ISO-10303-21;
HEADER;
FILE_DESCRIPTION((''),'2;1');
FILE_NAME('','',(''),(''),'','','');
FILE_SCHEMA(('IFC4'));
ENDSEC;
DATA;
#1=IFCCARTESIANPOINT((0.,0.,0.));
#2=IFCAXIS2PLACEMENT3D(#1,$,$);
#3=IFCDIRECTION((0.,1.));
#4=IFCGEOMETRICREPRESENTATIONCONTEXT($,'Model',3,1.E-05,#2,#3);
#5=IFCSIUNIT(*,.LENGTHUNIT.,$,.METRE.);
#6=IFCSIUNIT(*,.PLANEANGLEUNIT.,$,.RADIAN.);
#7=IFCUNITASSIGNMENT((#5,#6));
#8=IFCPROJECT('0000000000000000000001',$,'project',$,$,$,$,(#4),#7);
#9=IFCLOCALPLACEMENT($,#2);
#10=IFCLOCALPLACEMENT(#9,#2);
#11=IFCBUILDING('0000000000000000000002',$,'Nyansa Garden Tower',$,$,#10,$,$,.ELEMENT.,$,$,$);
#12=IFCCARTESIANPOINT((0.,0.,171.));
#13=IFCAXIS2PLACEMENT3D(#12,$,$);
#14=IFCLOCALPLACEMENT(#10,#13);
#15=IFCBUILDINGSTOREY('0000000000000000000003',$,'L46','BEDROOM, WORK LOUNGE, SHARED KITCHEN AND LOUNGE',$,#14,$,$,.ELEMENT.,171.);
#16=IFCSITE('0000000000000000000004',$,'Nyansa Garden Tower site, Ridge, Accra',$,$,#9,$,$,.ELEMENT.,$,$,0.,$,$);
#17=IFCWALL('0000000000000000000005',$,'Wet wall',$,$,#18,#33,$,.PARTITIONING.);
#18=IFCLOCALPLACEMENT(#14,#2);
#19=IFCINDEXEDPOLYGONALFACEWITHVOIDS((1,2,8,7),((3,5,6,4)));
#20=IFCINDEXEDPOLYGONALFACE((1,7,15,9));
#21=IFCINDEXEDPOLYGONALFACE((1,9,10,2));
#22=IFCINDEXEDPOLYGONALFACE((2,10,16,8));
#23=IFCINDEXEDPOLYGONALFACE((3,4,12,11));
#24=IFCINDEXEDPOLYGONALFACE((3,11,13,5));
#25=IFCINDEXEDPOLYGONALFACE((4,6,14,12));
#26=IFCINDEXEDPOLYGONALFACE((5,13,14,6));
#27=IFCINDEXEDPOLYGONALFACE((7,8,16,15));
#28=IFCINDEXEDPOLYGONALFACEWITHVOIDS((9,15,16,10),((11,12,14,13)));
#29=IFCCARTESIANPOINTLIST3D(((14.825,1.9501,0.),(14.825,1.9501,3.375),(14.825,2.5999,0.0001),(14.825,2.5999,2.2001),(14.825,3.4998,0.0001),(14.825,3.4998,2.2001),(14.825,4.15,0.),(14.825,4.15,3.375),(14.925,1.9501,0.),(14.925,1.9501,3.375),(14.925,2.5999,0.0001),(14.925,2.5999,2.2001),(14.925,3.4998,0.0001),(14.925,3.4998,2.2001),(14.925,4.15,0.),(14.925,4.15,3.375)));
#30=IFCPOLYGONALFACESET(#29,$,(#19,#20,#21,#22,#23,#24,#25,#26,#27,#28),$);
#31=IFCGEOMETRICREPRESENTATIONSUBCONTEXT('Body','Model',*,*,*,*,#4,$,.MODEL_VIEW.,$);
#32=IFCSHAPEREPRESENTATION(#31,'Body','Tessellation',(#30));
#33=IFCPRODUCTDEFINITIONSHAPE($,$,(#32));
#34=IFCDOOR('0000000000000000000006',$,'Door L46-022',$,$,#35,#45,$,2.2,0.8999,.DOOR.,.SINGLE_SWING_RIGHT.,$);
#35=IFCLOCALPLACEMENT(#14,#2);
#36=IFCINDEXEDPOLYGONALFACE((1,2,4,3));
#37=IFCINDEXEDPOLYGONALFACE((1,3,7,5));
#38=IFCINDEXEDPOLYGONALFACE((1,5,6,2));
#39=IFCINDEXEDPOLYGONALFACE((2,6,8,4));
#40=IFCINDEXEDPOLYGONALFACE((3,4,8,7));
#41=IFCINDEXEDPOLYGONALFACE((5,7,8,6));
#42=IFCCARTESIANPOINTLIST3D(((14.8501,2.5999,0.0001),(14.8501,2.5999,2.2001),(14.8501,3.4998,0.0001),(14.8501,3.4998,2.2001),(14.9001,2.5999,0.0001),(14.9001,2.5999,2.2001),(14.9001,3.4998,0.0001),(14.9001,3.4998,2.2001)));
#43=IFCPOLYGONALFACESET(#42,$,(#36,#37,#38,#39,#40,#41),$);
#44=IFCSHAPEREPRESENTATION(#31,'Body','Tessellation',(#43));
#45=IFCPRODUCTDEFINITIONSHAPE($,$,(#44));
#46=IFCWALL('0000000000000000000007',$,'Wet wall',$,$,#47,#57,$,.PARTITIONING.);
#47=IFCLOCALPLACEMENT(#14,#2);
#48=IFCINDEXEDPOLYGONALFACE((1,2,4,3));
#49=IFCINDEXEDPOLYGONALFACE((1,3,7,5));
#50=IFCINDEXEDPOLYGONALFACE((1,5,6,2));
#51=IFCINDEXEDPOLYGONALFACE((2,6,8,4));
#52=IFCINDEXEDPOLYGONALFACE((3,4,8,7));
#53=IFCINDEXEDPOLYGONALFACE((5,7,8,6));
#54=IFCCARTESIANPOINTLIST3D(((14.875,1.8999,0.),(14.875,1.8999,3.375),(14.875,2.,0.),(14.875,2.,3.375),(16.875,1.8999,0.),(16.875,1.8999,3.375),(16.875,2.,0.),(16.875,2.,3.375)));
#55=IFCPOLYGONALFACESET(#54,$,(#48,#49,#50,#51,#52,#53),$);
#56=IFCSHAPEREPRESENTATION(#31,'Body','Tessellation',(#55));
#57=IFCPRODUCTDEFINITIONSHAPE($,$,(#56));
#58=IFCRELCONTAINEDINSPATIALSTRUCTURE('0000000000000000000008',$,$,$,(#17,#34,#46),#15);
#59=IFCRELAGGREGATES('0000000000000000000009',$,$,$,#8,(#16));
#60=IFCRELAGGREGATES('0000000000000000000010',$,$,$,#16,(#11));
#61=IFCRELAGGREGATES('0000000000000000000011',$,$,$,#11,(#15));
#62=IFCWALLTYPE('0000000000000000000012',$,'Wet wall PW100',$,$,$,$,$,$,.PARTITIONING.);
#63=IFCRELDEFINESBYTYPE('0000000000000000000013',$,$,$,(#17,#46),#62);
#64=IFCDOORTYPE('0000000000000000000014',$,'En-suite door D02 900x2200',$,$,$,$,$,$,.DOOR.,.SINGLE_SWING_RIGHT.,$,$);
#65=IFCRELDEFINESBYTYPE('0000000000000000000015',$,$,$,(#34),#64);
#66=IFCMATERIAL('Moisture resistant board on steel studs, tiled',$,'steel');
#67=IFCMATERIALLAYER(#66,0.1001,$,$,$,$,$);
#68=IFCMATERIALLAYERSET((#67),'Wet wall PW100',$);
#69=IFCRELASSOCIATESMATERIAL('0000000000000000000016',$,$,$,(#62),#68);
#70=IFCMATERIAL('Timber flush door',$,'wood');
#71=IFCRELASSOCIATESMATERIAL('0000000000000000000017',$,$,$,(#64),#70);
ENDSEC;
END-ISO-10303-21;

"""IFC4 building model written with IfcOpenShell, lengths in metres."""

from ifc_helpers import new_model, si_unit, direction, frame, frame_2d, origin, place, context, subcontext, project, spatial, rectangle, extrude, material, layer, layer_set, type_object, element, fill, save


model = new_model("IFC4")

# Units and contexts
model_context = context("Model", 3, precision=1e-05, world=origin(), true_north=direction((0.0, 1.0)))
body_context = subcontext(model_context, "Body", "Model", "MODEL_VIEW")
ifc_project = project(units=[si_unit("LENGTHUNIT", "METRE"), si_unit("PLANEANGLEUNIT", "RADIAN")], contexts=[model_context])

# Site, building, storey
site_placement = place(None, origin())
site = spatial("IfcSite", under=ifc_project, at=site_placement, Name="Nyansa Garden Tower site, Ridge, Accra", CompositionType="ELEMENT", RefElevation=0.0)
building_placement = place(site_placement, origin())
building = spatial("IfcBuilding", under=site, at=building_placement, Name="Nyansa Garden Tower", CompositionType="ELEMENT")
storey_placement = place(building_placement, frame((0.0, 0.0, 171.0)))
storey = spatial("IfcBuildingStorey", under=building, at=storey_placement, Name="L46", Description="BEDROOM, WORK LOUNGE, SHARED KITCHEN AND LOUNGE", CompositionType="ELEMENT", Elevation=171.0)

# Wall, opening, door
ifc_material_1 = material(Name="Moisture resistant board on steel studs, tiled", Category="steel")
ifc_layer_1 = layer(ifc_material_1, 0.1001)
ifc_layer_set_1 = layer_set([ifc_layer_1], Name="Wet wall PW100")
wall_type_1 = type_object("IfcWallType", Name="Wet wall PW100", PredefinedType="PARTITIONING", material=ifc_layer_set_1)
wall_1_placement = place(storey_placement, frame((14.875, 1.95, 0.0), z_axis=(0.0, 0.0, 1.0), x_axis=(0.0, 1.0, 0.0)))
wall_1 = element("IfcWall", 1, at=wall_1_placement, inside=storey, type_object=wall_type_1, Name="Wet wall", PredefinedType="PARTITIONING", context=body_context, shape_type="SweptSolid", body=[
    extrude(rectangle(XDim=2.2, YDim=0.1001, at=frame_2d((1.1001, 0.0))), origin(), (0.0, 0.0, 1.0), 3.375),
])
opening_1_placement = place(wall_1_placement, frame((0.6499, 0.0, 0.0)))
opening_1 = element("IfcOpeningElement", 2, at=opening_1_placement, cuts=wall_1, PredefinedType="OPENING", context=body_context, shape_type="SweptSolid", body=[
    extrude(rectangle(XDim=0.8999, YDim=2.2, at=frame_2d((0.45, 1.1001))), frame((0.0, 0.0601, 0.0), z_axis=(0.0, -1.0, 0.0), x_axis=(1.0, 0.0, 0.0)), (0.0, 0.0, 1.0), 0.1201),
])
ifc_material_2 = material(Name="Timber flush door", Category="wood")
door_type_1 = type_object("IfcDoorType", Name="En-suite door D02 900x2200", OperationType="SINGLE_SWING_RIGHT", PredefinedType="DOOR", material=ifc_material_2)
door_1_placement = place(opening_1_placement, origin())
door_1 = element("IfcDoor", 3, at=door_1_placement, inside=storey, type_object=door_type_1, Name="Door L46-022", OperationType="SINGLE_SWING_RIGHT", OverallHeight=2.2, OverallWidth=0.8999, PredefinedType="DOOR", context=body_context, shape_type="SweptSolid", body=[
    extrude(rectangle(XDim=0.8999, YDim=2.2, at=frame_2d((0.45, 1.1001))), frame((0.0, 0.0249, 0.0), z_axis=(0.0, -1.0, 0.0), x_axis=(1.0, 0.0, 0.0)), (0.0, 0.0, 1.0), 0.05),
])
fill(opening_1, door_1)

# Wall
wall_2_placement = place(storey_placement, frame((14.875, 1.95, 0.0), z_axis=(0.0, 0.0, 1.0), x_axis=(1.0, 0.0, 0.0)))
element("IfcWall", 4, at=wall_2_placement, inside=storey, type_object=wall_type_1, Name="Wet wall", PredefinedType="PARTITIONING", context=body_context, shape_type="SweptSolid", body=[
    extrude(rectangle(XDim=2.0, YDim=0.1001, at=frame_2d((1.0, 0.0))), origin(), (0.0, 0.0, 1.0), 3.375),
])

save(model, "model.ifc")
